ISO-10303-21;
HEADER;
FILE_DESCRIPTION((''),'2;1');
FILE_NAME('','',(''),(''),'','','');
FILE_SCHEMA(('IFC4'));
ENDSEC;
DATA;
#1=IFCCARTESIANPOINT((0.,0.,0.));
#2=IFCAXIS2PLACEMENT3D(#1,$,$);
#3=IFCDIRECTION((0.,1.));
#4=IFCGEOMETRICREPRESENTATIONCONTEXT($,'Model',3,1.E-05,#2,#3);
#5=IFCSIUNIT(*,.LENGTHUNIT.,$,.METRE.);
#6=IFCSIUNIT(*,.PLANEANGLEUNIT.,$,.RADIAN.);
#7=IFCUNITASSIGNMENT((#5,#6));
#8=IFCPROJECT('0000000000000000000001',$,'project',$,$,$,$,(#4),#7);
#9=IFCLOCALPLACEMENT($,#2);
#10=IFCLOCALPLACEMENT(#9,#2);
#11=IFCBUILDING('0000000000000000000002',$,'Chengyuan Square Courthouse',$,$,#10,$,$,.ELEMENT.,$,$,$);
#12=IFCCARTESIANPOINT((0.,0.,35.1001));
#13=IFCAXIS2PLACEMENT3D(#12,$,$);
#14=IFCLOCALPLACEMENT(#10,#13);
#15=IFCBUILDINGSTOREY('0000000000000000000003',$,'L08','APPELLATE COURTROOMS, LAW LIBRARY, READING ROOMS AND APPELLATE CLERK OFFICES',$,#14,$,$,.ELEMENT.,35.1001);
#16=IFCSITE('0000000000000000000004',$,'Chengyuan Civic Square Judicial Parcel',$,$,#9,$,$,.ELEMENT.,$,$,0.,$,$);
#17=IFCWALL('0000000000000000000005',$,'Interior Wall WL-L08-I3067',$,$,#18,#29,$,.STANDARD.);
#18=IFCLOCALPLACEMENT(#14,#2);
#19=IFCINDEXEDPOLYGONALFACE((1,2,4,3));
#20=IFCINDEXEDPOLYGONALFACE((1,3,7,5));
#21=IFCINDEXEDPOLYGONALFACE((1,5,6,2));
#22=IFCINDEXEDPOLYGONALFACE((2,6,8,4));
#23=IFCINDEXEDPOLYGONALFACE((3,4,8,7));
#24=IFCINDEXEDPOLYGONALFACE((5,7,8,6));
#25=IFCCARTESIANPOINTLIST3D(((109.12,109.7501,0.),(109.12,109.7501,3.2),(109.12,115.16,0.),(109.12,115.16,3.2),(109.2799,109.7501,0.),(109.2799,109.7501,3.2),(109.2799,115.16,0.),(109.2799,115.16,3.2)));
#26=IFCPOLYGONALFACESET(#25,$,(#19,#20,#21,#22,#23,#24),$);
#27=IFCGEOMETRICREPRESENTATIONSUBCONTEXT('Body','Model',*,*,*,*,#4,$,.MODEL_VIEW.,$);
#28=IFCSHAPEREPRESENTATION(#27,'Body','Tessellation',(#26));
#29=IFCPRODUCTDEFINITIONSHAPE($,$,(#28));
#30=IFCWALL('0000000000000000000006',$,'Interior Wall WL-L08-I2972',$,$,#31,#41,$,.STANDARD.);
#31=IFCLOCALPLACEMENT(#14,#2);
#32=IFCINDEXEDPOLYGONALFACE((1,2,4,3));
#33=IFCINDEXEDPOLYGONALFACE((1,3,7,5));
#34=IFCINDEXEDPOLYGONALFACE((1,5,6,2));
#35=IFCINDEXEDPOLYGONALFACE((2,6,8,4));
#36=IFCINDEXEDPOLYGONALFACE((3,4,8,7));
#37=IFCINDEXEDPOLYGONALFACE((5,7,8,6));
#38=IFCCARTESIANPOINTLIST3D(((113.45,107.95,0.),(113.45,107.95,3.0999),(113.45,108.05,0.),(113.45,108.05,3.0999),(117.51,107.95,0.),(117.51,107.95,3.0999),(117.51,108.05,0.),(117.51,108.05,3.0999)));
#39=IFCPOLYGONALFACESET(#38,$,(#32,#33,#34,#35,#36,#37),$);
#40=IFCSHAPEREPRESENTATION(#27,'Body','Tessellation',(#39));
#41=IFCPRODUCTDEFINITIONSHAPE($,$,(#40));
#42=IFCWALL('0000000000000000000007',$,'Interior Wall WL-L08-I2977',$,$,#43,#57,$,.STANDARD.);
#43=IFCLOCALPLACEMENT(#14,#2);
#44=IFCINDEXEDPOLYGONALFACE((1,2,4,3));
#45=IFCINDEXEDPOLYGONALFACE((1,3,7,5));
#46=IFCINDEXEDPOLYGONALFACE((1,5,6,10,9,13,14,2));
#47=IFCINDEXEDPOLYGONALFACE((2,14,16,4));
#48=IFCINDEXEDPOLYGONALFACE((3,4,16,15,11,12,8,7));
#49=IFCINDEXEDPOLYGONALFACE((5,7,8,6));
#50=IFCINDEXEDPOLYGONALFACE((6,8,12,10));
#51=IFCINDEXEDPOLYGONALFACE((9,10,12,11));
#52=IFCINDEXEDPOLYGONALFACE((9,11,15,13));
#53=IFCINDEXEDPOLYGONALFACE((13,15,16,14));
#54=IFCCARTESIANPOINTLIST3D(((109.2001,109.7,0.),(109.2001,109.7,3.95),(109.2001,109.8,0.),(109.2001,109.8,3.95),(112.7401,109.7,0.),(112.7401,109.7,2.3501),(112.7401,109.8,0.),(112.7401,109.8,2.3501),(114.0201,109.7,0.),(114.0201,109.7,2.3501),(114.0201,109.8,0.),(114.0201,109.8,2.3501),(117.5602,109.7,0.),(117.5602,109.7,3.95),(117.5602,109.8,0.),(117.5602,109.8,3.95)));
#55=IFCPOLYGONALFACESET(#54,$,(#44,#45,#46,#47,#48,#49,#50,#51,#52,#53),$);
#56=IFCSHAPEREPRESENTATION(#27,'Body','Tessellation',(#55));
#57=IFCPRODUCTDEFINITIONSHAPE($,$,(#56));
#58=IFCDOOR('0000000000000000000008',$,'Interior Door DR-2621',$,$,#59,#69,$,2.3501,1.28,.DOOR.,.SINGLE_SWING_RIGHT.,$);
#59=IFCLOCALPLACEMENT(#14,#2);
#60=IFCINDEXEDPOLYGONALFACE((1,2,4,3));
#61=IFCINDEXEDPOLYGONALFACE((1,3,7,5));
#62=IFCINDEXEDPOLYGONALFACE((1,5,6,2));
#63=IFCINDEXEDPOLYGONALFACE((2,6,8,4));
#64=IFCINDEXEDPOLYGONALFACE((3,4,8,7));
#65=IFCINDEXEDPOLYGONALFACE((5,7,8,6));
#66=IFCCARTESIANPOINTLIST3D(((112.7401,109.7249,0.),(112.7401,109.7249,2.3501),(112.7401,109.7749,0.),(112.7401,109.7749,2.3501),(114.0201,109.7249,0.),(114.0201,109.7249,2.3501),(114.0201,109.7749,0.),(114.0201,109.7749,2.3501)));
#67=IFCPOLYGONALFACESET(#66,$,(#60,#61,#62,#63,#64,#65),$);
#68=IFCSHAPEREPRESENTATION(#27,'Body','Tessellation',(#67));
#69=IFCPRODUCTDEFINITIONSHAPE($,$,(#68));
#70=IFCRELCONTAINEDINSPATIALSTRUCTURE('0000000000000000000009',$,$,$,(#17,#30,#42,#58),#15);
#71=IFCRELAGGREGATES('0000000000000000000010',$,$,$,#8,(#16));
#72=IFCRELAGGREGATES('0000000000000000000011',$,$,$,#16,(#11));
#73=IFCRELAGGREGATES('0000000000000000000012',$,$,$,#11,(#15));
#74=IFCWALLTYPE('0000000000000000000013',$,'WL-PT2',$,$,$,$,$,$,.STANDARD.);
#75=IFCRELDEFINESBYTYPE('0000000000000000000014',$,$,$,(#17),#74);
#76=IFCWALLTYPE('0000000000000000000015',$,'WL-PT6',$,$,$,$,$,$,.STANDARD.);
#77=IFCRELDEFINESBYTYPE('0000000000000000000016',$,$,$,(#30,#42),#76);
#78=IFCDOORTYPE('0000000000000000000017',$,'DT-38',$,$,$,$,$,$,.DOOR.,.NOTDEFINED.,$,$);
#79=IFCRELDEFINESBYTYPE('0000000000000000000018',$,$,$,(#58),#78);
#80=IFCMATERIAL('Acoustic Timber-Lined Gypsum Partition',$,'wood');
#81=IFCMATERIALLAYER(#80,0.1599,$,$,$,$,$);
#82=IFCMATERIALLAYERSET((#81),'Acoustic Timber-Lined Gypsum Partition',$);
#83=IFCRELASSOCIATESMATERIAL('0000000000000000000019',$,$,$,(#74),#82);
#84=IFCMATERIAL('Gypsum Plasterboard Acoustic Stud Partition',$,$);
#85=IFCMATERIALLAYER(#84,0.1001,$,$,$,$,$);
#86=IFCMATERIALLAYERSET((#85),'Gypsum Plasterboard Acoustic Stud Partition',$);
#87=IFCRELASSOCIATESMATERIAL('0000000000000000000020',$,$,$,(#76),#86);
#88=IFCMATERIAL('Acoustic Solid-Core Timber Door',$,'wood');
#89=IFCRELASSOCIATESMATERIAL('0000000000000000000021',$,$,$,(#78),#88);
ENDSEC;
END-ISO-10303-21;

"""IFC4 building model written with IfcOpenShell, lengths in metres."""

from ifc_helpers import new_model, si_unit, direction, frame, frame_2d, origin, place, context, subcontext, project, spatial, rectangle, extrude, material, layer, layer_set, type_object, element, fill, save


model = new_model("IFC4")

# Units and contexts
model_context = context("Model", 3, precision=1e-05, world=origin(), true_north=direction((0.0, 1.0)))
body_context = subcontext(model_context, "Body", "Model", "MODEL_VIEW")
ifc_project = project(units=[si_unit("LENGTHUNIT", "METRE"), si_unit("PLANEANGLEUNIT", "RADIAN")], contexts=[model_context])

# Site, building, storey
site_placement = place(None, origin())
site = spatial("IfcSite", under=ifc_project, at=site_placement, Name="Chengyuan Civic Square Judicial Parcel", CompositionType="ELEMENT", RefElevation=0.0)
building_placement = place(site_placement, origin())
building = spatial("IfcBuilding", under=site, at=building_placement, Name="Chengyuan Square Courthouse", CompositionType="ELEMENT")
storey_placement = place(building_placement, frame((0.0, 0.0, 35.1001)))
storey = spatial("IfcBuildingStorey", under=building, at=storey_placement, Name="L08", Description="APPELLATE COURTROOMS, LAW LIBRARY, READING ROOMS AND APPELLATE CLERK OFFICES", CompositionType="ELEMENT", Elevation=35.1001)

# Walls
ifc_material_1 = material(Name="Acoustic Timber-Lined Gypsum Partition", Category="wood")
ifc_layer_1 = layer(ifc_material_1, 0.1599)
ifc_layer_set_1 = layer_set([ifc_layer_1], Name="Acoustic Timber-Lined Gypsum Partition")
wall_type_1 = type_object("IfcWallType", Name="WL-PT2", PredefinedType="STANDARD", material=ifc_layer_set_1)
wall_1_placement = place(storey_placement, frame((109.2, 109.75, 0.0), z_axis=(0.0, 0.0, 1.0), x_axis=(0.0, 1.0, 0.0)))
element("IfcWall", 1, at=wall_1_placement, inside=storey, type_object=wall_type_1, Name="Interior Wall WL-L08-I3067", PredefinedType="STANDARD", context=body_context, shape_type="SweptSolid", body=[
    extrude(rectangle(XDim=5.4099, YDim=0.1599, at=frame_2d((2.7051, 0.0))), origin(), (0.0, 0.0, 1.0), 3.2),
])
ifc_material_2 = material(Name="Gypsum Plasterboard Acoustic Stud Partition")
ifc_layer_2 = layer(ifc_material_2, 0.1001)
ifc_layer_set_2 = layer_set([ifc_layer_2], Name="Gypsum Plasterboard Acoustic Stud Partition")
wall_type_2 = type_object("IfcWallType", Name="WL-PT6", PredefinedType="STANDARD", material=ifc_layer_set_2)
wall_2_placement = place(storey_placement, frame((113.45, 108.0, 0.0), z_axis=(0.0, 0.0, 1.0), x_axis=(1.0, 0.0, 0.0)))
element("IfcWall", 2, at=wall_2_placement, inside=storey, type_object=wall_type_2, Name="Interior Wall WL-L08-I2972", PredefinedType="STANDARD", context=body_context, shape_type="SweptSolid", body=[
    extrude(rectangle(XDim=4.0601, YDim=0.1001, at=frame_2d((2.03, 0.0))), origin(), (0.0, 0.0, 1.0), 3.0999),
])

# Wall, opening, door
wall_3_placement = place(storey_placement, frame((109.2, 109.75, 0.0), z_axis=(0.0, 0.0, 1.0), x_axis=(1.0, 0.0, 0.0)))
wall_3 = element("IfcWall", 3, at=wall_3_placement, inside=storey, type_object=wall_type_2, Name="Interior Wall WL-L08-I2977", PredefinedType="STANDARD", context=body_context, shape_type="SweptSolid", body=[
    extrude(rectangle(XDim=8.3601, YDim=0.1001, at=frame_2d((4.1802, 0.0))), origin(), (0.0, 0.0, 1.0), 3.95),
])
opening_1_placement = place(wall_3_placement, frame((3.54, 0.0, 0.0)))
opening_1 = element("IfcOpeningElement", 4, at=opening_1_placement, cuts=wall_3, PredefinedType="OPENING", context=body_context, shape_type="SweptSolid", body=[
    extrude(rectangle(XDim=1.28, YDim=2.3501, at=frame_2d((0.6401, 1.175))), frame((0.0, 0.062, 0.0), z_axis=(0.0, -1.0, 0.0), x_axis=(1.0, 0.0, 0.0)), (0.0, 0.0, 1.0), 0.124),
])
ifc_material_3 = material(Name="Acoustic Solid-Core Timber Door", Category="wood")
door_type_1 = type_object("IfcDoorType", Name="DT-38", OperationType="NOTDEFINED", PredefinedType="DOOR", material=ifc_material_3)
door_1_placement = place(opening_1_placement, origin())
door_1 = element("IfcDoor", 5, at=door_1_placement, inside=storey, type_object=door_type_1, Name="Interior Door DR-2621", OperationType="SINGLE_SWING_RIGHT", OverallHeight=2.3501, OverallWidth=1.28, PredefinedType="DOOR", context=body_context, shape_type="SweptSolid", body=[
    extrude(rectangle(XDim=1.28, YDim=2.3501, at=frame_2d((0.6401, 1.175))), frame((0.0, 0.0249, 0.0), z_axis=(0.0, -1.0, 0.0), x_axis=(1.0, 0.0, 0.0)), (0.0, 0.0, 1.0), 0.05),
])
fill(opening_1, door_1)

save(model, "model.ifc")
